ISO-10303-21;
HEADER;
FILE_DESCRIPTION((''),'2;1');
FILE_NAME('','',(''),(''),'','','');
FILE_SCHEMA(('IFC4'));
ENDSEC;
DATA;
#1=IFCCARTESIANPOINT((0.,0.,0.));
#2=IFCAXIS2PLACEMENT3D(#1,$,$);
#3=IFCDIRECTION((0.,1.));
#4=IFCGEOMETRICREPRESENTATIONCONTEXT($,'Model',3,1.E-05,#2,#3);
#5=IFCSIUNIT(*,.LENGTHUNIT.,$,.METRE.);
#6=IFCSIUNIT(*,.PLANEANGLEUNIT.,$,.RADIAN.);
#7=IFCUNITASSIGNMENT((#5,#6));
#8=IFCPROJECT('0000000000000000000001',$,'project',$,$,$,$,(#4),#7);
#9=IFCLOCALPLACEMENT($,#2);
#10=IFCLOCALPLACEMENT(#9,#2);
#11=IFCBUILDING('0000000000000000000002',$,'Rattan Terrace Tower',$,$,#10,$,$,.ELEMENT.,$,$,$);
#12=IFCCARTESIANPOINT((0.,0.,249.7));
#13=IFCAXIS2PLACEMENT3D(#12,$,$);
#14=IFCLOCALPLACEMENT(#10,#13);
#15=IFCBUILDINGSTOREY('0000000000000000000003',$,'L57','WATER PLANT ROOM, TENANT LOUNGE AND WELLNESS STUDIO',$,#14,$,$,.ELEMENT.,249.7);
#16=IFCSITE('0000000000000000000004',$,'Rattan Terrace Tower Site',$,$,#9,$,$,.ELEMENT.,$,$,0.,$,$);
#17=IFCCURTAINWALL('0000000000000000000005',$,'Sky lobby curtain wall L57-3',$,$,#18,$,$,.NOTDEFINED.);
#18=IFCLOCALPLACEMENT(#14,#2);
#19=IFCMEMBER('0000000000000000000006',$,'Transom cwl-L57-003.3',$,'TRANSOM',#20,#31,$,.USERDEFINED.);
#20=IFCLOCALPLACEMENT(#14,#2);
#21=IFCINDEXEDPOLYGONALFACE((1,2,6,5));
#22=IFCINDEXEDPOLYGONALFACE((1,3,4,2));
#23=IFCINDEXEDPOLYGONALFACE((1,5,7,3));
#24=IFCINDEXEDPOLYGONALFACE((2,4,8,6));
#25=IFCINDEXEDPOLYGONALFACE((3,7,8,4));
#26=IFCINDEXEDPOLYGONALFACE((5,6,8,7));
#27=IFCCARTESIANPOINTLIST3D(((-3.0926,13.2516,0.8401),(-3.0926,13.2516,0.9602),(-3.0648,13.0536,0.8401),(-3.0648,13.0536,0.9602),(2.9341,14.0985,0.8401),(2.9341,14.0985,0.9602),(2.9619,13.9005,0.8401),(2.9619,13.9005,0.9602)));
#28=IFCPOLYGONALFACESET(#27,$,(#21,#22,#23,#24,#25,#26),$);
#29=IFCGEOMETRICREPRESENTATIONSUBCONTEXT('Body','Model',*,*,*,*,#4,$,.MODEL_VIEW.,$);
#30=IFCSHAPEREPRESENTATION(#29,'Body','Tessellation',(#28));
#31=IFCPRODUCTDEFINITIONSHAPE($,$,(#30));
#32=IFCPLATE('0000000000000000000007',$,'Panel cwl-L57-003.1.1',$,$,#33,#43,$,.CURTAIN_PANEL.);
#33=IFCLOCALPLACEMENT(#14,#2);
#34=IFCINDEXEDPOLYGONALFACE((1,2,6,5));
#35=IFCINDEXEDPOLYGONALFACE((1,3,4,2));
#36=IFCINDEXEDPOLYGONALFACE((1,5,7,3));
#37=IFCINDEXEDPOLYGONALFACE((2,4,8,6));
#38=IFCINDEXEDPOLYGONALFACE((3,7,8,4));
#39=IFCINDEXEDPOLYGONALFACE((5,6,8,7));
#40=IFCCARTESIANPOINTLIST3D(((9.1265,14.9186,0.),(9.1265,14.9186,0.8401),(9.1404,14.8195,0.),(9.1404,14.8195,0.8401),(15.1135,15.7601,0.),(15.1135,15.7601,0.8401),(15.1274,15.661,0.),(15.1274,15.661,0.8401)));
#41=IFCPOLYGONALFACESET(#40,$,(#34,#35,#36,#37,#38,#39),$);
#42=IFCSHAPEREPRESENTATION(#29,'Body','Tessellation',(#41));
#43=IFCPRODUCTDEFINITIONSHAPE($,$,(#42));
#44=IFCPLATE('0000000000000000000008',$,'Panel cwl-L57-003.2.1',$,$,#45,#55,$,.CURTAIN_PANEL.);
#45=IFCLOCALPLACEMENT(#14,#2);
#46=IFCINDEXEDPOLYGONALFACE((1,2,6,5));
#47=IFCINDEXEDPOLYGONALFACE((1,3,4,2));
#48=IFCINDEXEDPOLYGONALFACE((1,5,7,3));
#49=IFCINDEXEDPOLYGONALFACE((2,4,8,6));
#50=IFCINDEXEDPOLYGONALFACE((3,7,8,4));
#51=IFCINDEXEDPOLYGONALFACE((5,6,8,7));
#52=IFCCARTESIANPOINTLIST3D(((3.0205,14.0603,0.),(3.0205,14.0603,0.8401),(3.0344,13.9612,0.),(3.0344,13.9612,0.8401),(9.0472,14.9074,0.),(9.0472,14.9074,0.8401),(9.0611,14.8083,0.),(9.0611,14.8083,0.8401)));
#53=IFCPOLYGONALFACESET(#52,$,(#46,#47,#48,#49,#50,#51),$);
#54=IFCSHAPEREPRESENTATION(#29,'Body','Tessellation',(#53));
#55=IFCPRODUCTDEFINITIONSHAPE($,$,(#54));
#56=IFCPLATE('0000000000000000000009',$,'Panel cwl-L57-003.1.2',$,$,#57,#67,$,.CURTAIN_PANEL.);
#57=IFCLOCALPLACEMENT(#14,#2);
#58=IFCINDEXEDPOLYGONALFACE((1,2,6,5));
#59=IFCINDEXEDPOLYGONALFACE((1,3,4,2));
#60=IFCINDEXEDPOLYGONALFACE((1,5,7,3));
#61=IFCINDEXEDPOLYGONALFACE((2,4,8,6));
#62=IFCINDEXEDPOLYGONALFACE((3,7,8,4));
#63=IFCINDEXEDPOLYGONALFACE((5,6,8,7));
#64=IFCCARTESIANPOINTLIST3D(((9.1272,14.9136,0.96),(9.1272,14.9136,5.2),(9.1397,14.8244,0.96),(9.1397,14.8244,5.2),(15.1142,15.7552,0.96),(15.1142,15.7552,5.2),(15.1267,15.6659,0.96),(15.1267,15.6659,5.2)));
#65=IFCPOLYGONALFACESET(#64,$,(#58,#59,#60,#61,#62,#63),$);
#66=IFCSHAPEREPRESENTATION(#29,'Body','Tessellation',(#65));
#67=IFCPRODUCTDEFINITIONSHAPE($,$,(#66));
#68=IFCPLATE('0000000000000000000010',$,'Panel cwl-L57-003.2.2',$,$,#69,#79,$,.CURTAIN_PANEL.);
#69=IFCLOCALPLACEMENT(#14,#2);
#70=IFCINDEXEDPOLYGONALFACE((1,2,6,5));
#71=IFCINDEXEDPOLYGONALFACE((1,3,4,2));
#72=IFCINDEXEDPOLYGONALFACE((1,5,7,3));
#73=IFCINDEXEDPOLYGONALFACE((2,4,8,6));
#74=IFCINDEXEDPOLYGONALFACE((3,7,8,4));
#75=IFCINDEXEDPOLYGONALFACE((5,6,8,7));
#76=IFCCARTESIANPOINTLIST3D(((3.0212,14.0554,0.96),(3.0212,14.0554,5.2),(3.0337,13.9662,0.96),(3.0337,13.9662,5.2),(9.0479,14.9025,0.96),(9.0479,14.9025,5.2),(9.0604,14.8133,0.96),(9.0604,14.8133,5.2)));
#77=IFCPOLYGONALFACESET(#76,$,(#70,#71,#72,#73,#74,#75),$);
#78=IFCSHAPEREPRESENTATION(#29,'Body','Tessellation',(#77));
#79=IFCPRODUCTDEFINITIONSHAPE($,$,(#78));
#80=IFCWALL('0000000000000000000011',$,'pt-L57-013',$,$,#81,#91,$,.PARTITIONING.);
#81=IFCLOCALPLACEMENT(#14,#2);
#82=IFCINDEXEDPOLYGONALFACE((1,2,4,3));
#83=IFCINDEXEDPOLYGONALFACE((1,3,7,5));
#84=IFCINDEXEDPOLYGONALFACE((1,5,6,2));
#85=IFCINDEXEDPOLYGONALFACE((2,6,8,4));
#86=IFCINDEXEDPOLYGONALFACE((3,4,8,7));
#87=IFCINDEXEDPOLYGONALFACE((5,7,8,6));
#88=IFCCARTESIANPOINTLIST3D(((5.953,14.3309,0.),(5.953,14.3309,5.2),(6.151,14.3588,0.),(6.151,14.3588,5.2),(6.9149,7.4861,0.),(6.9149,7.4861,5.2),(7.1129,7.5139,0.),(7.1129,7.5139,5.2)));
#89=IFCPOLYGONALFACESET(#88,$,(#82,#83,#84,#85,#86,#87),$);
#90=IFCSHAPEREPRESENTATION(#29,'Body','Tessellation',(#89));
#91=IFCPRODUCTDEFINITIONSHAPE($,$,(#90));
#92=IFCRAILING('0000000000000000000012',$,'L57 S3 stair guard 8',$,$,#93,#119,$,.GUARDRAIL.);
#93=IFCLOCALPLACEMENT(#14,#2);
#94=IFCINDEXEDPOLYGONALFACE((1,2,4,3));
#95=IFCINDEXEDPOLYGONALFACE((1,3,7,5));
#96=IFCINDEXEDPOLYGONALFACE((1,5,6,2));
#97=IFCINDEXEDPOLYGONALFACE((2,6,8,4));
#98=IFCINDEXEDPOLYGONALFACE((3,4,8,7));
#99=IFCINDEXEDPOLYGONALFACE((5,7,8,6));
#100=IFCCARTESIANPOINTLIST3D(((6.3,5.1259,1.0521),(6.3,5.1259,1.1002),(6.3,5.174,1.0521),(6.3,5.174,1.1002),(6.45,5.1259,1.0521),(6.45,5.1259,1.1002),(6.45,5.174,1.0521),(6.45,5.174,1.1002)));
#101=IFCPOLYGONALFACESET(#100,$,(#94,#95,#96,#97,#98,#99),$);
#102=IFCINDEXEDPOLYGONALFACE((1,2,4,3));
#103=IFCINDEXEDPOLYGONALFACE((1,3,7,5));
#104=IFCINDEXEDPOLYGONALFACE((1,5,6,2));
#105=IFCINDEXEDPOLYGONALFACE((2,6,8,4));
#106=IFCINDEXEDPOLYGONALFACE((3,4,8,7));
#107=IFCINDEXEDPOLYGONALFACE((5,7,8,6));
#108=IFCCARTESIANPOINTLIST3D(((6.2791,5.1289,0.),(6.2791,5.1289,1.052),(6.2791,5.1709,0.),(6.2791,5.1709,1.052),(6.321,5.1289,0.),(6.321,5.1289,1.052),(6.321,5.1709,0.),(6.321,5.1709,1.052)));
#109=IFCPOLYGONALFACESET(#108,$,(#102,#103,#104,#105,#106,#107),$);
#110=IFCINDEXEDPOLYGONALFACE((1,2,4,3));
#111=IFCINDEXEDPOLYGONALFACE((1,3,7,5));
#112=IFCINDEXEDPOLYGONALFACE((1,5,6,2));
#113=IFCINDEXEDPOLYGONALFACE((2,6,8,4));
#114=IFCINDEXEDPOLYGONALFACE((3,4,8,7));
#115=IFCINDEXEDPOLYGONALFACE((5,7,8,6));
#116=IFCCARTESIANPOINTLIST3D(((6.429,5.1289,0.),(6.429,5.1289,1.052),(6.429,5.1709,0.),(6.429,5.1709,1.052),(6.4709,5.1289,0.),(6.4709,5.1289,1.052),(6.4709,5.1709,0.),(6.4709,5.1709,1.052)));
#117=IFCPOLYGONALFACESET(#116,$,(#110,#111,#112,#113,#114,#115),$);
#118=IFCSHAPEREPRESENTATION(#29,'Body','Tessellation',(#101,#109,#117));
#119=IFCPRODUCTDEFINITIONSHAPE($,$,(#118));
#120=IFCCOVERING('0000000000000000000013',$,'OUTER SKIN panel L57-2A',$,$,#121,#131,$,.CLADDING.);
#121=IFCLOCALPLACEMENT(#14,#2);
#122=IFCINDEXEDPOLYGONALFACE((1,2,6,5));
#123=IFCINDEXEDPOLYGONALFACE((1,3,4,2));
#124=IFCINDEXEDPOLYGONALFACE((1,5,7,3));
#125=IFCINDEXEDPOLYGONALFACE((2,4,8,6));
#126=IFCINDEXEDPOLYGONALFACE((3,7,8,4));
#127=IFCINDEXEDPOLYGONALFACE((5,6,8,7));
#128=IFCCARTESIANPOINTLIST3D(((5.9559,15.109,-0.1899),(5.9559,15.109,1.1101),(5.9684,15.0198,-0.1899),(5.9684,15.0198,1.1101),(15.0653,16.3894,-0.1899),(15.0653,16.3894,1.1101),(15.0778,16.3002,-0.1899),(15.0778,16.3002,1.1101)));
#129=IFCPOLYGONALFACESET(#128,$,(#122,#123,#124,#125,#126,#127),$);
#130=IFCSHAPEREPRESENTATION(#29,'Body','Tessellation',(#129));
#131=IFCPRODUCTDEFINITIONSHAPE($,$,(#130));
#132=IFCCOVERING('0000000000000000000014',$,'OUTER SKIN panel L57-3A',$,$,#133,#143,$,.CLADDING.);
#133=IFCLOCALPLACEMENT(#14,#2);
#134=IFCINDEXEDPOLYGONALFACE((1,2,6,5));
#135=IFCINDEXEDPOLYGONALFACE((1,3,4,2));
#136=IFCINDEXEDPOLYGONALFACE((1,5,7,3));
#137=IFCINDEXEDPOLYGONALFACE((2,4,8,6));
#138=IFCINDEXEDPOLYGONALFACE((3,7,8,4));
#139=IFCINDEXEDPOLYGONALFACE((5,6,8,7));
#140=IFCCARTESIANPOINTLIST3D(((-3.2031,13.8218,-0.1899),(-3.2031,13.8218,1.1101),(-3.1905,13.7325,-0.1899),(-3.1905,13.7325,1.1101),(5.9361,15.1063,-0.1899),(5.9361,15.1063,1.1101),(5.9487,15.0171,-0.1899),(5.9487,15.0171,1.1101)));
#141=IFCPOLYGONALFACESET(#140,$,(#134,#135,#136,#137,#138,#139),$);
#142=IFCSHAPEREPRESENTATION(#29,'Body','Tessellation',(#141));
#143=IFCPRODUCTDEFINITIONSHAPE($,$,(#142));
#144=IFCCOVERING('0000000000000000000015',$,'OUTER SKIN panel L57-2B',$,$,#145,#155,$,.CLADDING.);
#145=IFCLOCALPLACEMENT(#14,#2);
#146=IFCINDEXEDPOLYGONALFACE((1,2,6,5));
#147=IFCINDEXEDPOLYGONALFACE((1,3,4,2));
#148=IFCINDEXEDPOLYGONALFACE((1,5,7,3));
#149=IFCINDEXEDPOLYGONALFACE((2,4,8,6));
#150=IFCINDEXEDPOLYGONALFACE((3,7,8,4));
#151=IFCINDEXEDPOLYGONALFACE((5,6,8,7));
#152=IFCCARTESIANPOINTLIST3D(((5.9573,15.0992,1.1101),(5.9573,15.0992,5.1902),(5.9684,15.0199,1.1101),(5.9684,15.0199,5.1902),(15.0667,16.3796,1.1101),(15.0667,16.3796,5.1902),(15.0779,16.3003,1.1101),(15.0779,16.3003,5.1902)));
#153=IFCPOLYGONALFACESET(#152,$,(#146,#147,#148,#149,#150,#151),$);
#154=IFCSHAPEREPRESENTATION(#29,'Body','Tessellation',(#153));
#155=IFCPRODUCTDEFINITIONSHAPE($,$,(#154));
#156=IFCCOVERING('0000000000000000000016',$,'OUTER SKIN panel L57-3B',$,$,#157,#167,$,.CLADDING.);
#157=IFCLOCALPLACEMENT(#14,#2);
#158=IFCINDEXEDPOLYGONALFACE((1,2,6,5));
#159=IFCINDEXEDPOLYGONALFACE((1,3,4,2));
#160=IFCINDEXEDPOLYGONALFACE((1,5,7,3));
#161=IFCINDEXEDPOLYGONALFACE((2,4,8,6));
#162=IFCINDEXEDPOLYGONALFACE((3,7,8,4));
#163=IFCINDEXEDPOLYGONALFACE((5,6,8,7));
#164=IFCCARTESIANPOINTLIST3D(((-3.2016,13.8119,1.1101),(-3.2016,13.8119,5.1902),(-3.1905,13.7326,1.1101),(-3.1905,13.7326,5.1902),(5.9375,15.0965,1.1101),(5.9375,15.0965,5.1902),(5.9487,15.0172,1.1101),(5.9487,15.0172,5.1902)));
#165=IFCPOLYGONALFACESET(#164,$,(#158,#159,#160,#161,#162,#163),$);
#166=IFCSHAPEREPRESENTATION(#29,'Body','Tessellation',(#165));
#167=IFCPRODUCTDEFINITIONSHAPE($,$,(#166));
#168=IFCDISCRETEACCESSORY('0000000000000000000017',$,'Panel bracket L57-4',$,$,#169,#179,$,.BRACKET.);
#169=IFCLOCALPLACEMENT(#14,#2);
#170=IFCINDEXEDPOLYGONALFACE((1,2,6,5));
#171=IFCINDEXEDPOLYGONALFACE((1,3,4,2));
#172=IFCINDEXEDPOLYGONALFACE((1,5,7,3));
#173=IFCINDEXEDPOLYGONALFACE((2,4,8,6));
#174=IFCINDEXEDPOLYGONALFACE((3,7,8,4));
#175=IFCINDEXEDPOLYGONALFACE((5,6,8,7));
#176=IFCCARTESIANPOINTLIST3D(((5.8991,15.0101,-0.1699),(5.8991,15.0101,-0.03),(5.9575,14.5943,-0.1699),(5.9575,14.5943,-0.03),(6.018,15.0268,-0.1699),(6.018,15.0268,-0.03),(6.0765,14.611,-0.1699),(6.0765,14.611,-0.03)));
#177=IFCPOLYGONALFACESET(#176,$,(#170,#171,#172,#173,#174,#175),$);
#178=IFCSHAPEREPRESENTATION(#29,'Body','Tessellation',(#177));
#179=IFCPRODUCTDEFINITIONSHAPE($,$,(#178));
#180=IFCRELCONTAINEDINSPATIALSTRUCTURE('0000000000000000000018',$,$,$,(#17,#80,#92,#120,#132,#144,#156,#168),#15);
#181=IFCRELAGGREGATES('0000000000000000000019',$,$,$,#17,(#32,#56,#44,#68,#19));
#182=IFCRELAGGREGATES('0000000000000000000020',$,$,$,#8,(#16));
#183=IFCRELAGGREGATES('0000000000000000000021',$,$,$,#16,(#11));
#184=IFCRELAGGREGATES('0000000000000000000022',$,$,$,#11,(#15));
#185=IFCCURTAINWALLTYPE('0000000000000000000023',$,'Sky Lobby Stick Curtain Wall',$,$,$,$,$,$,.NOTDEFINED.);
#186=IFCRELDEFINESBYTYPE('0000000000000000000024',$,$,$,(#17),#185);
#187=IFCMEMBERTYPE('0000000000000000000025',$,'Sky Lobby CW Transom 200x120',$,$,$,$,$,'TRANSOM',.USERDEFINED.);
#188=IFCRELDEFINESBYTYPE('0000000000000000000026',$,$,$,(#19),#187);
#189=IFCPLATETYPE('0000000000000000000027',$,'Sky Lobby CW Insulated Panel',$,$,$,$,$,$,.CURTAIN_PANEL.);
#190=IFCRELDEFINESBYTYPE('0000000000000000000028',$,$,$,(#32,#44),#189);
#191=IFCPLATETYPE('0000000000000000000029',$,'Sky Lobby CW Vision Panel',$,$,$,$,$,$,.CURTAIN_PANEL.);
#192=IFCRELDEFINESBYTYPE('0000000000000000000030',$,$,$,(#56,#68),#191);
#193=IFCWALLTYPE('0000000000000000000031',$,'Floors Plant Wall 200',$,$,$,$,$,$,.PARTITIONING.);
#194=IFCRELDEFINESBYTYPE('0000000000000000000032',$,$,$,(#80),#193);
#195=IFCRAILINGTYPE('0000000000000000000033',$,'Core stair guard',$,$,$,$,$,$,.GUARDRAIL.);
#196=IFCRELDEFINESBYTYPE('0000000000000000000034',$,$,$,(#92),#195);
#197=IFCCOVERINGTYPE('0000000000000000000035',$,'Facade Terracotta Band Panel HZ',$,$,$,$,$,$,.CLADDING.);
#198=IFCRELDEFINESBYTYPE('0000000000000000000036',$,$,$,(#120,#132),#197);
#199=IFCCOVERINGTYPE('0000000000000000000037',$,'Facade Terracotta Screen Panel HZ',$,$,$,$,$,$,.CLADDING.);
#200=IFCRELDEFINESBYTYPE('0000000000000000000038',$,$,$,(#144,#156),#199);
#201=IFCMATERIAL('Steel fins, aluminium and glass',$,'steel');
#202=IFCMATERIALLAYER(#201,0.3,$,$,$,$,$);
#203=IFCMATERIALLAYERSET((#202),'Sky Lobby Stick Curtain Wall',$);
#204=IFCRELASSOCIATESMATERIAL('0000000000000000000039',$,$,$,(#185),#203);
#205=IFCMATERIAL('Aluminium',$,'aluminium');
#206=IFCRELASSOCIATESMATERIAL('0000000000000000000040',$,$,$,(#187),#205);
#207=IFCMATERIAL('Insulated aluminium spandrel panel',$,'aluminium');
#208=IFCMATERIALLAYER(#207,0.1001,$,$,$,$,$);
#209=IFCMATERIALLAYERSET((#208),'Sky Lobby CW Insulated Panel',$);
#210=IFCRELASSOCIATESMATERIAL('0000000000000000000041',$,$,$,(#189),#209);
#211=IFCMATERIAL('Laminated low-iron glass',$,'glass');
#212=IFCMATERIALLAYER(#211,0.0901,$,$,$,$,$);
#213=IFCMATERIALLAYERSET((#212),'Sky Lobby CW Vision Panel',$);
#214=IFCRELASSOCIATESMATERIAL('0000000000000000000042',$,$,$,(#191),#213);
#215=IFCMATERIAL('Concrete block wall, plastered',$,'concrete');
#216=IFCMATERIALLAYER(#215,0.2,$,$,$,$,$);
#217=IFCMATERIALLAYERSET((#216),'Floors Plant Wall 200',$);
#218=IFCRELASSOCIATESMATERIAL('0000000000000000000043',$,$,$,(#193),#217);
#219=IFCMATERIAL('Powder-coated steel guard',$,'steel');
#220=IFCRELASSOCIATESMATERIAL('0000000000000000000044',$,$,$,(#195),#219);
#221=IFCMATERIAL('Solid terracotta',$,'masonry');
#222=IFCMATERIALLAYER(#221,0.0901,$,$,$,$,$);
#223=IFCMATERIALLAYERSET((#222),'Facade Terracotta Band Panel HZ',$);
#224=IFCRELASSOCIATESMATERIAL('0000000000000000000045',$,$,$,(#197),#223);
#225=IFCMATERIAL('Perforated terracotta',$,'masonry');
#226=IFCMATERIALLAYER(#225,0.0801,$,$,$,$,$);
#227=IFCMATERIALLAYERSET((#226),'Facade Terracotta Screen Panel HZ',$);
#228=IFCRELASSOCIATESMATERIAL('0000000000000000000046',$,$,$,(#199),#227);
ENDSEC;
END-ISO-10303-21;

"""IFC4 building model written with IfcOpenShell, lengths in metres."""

from ifc_helpers import new_model, si_unit, direction, frame, frame_2d, origin, origin_2d, place, context, subcontext, project, spatial, rectangle, extrude, material, layer, layer_set, material_profile, profile_set, type_object, element, aggregate, save


model = new_model("IFC4")

# Units and contexts
model_context = context("Model", 3, precision=1e-05, world=origin(), true_north=direction((0.0, 1.0)))
body_context = subcontext(model_context, "Body", "Model", "MODEL_VIEW")
ifc_project = project(units=[si_unit("LENGTHUNIT", "METRE"), si_unit("PLANEANGLEUNIT", "RADIAN")], contexts=[model_context])

# Site, building, storey
site_placement = place(None, origin())
site = spatial("IfcSite", under=ifc_project, at=site_placement, Name="Rattan Terrace Tower Site", CompositionType="ELEMENT", RefElevation=0.0)
building_placement = place(site_placement, origin())
building = spatial("IfcBuilding", under=site, at=building_placement, Name="Rattan Terrace Tower", CompositionType="ELEMENT")
storey_placement = place(building_placement, frame((0.0, 0.0, 249.7)))
storey = spatial("IfcBuildingStorey", under=building, at=storey_placement, Name="L57", Description="WATER PLANT ROOM, TENANT LOUNGE AND WELLNESS STUDIO", CompositionType="ELEMENT", Elevation=249.7)

# Curtain wall, member, plates
ifc_material_1 = material(Name="Steel fins, aluminium and glass", Category="steel")
ifc_layer_1 = layer(ifc_material_1, 0.3)
ifc_layer_set_1 = layer_set([ifc_layer_1], Name="Sky Lobby Stick Curtain Wall")
curtain_wall_type = type_object("IfcCurtainWallType", Name="Sky Lobby Stick Curtain Wall", PredefinedType="NOTDEFINED", material=ifc_layer_set_1)
curtain_wall_placement = place(storey_placement, origin())
curtain_wall = element("IfcCurtainWall", 1, at=curtain_wall_placement, inside=storey, type_object=curtain_wall_type, Name="Sky lobby curtain wall L57-3", PredefinedType="NOTDEFINED")
ifc_material_2 = material(Name="Aluminium", Category="aluminium")
ifc_material_profile_1 = material_profile(ifc_material_2, rectangle(XDim=0.2, YDim=0.1201, at=origin_2d()), Name="Aluminium 200x120")
ifc_profile_set_1 = profile_set([ifc_material_profile_1], Name="Aluminium")
member_type_1 = type_object("IfcMemberType", Name="Sky Lobby CW Transom 200x120", ElementType="TRANSOM", PredefinedType="USERDEFINED", material=ifc_profile_set_1)
member_1_placement = place(storey_placement, frame((2.948, 13.9995, 0.9001), z_axis=(-0.990269, -0.139163, 0.0), x_axis=(0.139163, -0.990269, 0.0)))
member_1 = element("IfcMember", 2, at=member_1_placement, type_object=member_type_1, Name="Transom cwl-L57-003.3", ObjectType="TRANSOM", PredefinedType="USERDEFINED", context=body_context, shape_type="SweptSolid", body=[
    extrude(rectangle(XDim=0.2, YDim=0.1201, at=origin_2d()), origin(), (0.0, 0.0, 1.0), 6.0859),
])
ifc_material_3 = material(Name="Insulated aluminium spandrel panel", Category="aluminium")
ifc_layer_2 = layer(ifc_material_3, 0.1001)
ifc_layer_set_2 = layer_set([ifc_layer_2], Name="Sky Lobby CW Insulated Panel")
plate_type_1 = type_object("IfcPlateType", Name="Sky Lobby CW Insulated Panel", PredefinedType="CURTAIN_PANEL", material=ifc_layer_set_2)
plate_1_placement = place(storey_placement, frame((12.127, 15.2898, 0.0), z_axis=(0.0, 0.0, 1.0), x_axis=(-0.990266, -0.139189, 0.0)))
plate_1 = element("IfcPlate", 3, at=plate_1_placement, type_object=plate_type_1, Name="Panel cwl-L57-003.1.1", PredefinedType="CURTAIN_PANEL", context=body_context, shape_type="SweptSolid", body=[
    extrude(rectangle(XDim=6.0459, YDim=0.1001, at=origin_2d()), origin(), (0.0, 0.0, 1.0), 0.8401),
])
plate_2_placement = place(storey_placement, frame((6.0408, 14.4343, 0.0), z_axis=(0.0, 0.0, 1.0), x_axis=(-0.990266, -0.139189, 0.0)))
plate_2 = element("IfcPlate", 4, at=plate_2_placement, type_object=plate_type_1, Name="Panel cwl-L57-003.2.1", PredefinedType="CURTAIN_PANEL", context=body_context, shape_type="SweptSolid", body=[
    extrude(rectangle(XDim=6.0859, YDim=0.1001, at=origin_2d()), origin(), (0.0, 0.0, 1.0), 0.8401),
])
ifc_material_4 = material(Name="Laminated low-iron glass", Category="glass")
ifc_layer_3 = layer(ifc_material_4, 0.0901)
ifc_layer_set_3 = layer_set([ifc_layer_3], Name="Sky Lobby CW Vision Panel")
plate_type_2 = type_object("IfcPlateType", Name="Sky Lobby CW Vision Panel", PredefinedType="CURTAIN_PANEL", material=ifc_layer_set_3)
plate_3_placement = place(storey_placement, frame((12.127, 15.2898, 0.96), z_axis=(0.0, 0.0, 1.0), x_axis=(-0.990266, -0.139189, 0.0)))
plate_3 = element("IfcPlate", 5, at=plate_3_placement, type_object=plate_type_2, Name="Panel cwl-L57-003.1.2", PredefinedType="CURTAIN_PANEL", context=body_context, shape_type="SweptSolid", body=[
    extrude(rectangle(XDim=6.0459, YDim=0.0901, at=origin_2d()), origin(), (0.0, 0.0, 1.0), 4.24),
])
plate_4_placement = place(storey_placement, frame((6.0408, 14.4343, 0.96), z_axis=(0.0, 0.0, 1.0), x_axis=(-0.990266, -0.139189, 0.0)))
plate_4 = element("IfcPlate", 6, at=plate_4_placement, type_object=plate_type_2, Name="Panel cwl-L57-003.2.2", PredefinedType="CURTAIN_PANEL", context=body_context, shape_type="SweptSolid", body=[
    extrude(rectangle(XDim=6.0859, YDim=0.0901, at=origin_2d()), origin(), (0.0, 0.0, 1.0), 4.24),
])
aggregate(curtain_wall, [plate_1, plate_3, plate_2, plate_4, member_1])

# Wall
ifc_material_5 = material(Name="Concrete block wall, plastered", Category="concrete")
ifc_layer_4 = layer(ifc_material_5, 0.2)
ifc_layer_set_4 = layer_set([ifc_layer_4], Name="Floors Plant Wall 200")
wall_type = type_object("IfcWallType", Name="Floors Plant Wall 200", PredefinedType="PARTITIONING", material=ifc_layer_set_4)
wall_placement = place(storey_placement, frame((7.0139, 7.5, 0.0), z_axis=(0.0, 0.0, 1.0), x_axis=(-0.139161, 0.99027, 0.0)))
element("IfcWall", 7, at=wall_placement, inside=storey, type_object=wall_type, Name="pt-L57-013", PredefinedType="PARTITIONING", context=body_context, shape_type="SweptSolid", body=[
    extrude(rectangle(XDim=6.9121, YDim=0.2, at=frame_2d((3.4561, 0.0))), origin(), (0.0, 0.0, 1.0), 5.2),
])

# Railing
ifc_material_6 = material(Name="Powder-coated steel guard", Category="steel")
railing_type = type_object("IfcRailingType", Name="Core stair guard", PredefinedType="GUARDRAIL", material=ifc_material_6)
railing_placement = place(storey_placement, frame((6.3, 5.1499, 0.0)))
element("IfcRailing", 8, at=railing_placement, inside=storey, type_object=railing_type, Name="L57 S3 stair guard 8", PredefinedType="GUARDRAIL", context=body_context, shape_type="SweptSolid", body=[
    extrude(rectangle(XDim=0.0481, YDim=0.0481, at=origin_2d()), frame((0.0, 0.0, 1.0762), z_axis=(1.0, 0.0, 0.0), x_axis=(0.0, 1.0, 0.0)), (0.0, 0.0, 1.0), 0.1499),
    extrude(rectangle(XDim=0.042, YDim=0.042, at=origin_2d()), origin(), (0.0, 0.0, 1.0), 1.052),
    extrude(rectangle(XDim=0.042, YDim=0.042, at=origin_2d()), frame((0.1499, 0.0, 0.0)), (0.0, 0.0, 1.0), 1.052),
])

# Coverings
ifc_material_7 = material(Name="Solid terracotta", Category="masonry")
ifc_layer_5 = layer(ifc_material_7, 0.0901)
ifc_layer_set_5 = layer_set([ifc_layer_5], Name="Facade Terracotta Band Panel HZ")
covering_type_1 = type_object("IfcCoveringType", Name="Facade Terracotta Band Panel HZ", PredefinedType="CLADDING", material=ifc_layer_set_5)
covering_1_placement = place(storey_placement, frame((10.5168, 15.7046, -0.1899), z_axis=(0.0, 0.0, 1.0), x_axis=(-0.990266, -0.139189, 0.0)))
element("IfcCovering", 9, at=covering_1_placement, inside=storey, type_object=covering_type_1, Name="OUTER SKIN panel L57-2A", PredefinedType="CLADDING", context=body_context, shape_type="SweptSolid", body=[
    extrude(rectangle(XDim=9.199, YDim=0.0901, at=origin_2d()), origin(), (0.0, 0.0, 1.0), 1.3),
])
covering_2_placement = place(storey_placement, frame((1.3728, 14.4194, -0.1899), z_axis=(0.0, 0.0, 1.0), x_axis=(-0.990266, -0.139189, 0.0)))
element("IfcCovering", 10, at=covering_2_placement, inside=storey, type_object=covering_type_1, Name="OUTER SKIN panel L57-3A", PredefinedType="CLADDING", context=body_context, shape_type="SweptSolid", body=[
    extrude(rectangle(XDim=9.229, YDim=0.0901, at=origin_2d()), origin(), (0.0, 0.0, 1.0), 1.3),
])
ifc_material_8 = material(Name="Perforated terracotta", Category="masonry")
ifc_layer_6 = layer(ifc_material_8, 0.0801)
ifc_layer_set_6 = layer_set([ifc_layer_6], Name="Facade Terracotta Screen Panel HZ")
covering_type_2 = type_object("IfcCoveringType", Name="Facade Terracotta Screen Panel HZ", PredefinedType="CLADDING", material=ifc_layer_set_6)
covering_3_placement = place(storey_placement, frame((10.5176, 15.6997, 1.1101), z_axis=(0.0, 0.0, 1.0), x_axis=(-0.990266, -0.139189, 0.0)))
element("IfcCovering", 11, at=covering_3_placement, inside=storey, type_object=covering_type_2, Name="OUTER SKIN panel L57-2B", PredefinedType="CLADDING", context=body_context, shape_type="SweptSolid", body=[
    extrude(rectangle(XDim=9.199, YDim=0.0801, at=origin_2d()), origin(), (0.0, 0.0, 1.0), 4.0801),
])
covering_4_placement = place(storey_placement, frame((1.3735, 14.4146, 1.1101), z_axis=(0.0, 0.0, 1.0), x_axis=(-0.990266, -0.139189, 0.0)))
element("IfcCovering", 12, at=covering_4_placement, inside=storey, type_object=covering_type_2, Name="OUTER SKIN panel L57-3B", PredefinedType="CLADDING", context=body_context, shape_type="SweptSolid", body=[
    extrude(rectangle(XDim=9.229, YDim=0.0801, at=origin_2d()), origin(), (0.0, 0.0, 1.0), 4.0801),
])

# Discrete accessory
discrete_accessory_placement = place(storey_placement, frame((5.9878, 14.8105, -0.1699), z_axis=(0.0, 0.0, 1.0), x_axis=(-0.990266, -0.139189, 0.0)))
element("IfcDiscreteAccessory", 13, at=discrete_accessory_placement, inside=storey, Name="Panel bracket L57-4", PredefinedType="BRACKET", context=body_context, shape_type="SweptSolid", body=[
    extrude(rectangle(XDim=0.1201, YDim=0.4199, at=origin_2d()), origin(), (0.0, 0.0, 1.0), 0.1399),
])

save(model, "model.ifc")
